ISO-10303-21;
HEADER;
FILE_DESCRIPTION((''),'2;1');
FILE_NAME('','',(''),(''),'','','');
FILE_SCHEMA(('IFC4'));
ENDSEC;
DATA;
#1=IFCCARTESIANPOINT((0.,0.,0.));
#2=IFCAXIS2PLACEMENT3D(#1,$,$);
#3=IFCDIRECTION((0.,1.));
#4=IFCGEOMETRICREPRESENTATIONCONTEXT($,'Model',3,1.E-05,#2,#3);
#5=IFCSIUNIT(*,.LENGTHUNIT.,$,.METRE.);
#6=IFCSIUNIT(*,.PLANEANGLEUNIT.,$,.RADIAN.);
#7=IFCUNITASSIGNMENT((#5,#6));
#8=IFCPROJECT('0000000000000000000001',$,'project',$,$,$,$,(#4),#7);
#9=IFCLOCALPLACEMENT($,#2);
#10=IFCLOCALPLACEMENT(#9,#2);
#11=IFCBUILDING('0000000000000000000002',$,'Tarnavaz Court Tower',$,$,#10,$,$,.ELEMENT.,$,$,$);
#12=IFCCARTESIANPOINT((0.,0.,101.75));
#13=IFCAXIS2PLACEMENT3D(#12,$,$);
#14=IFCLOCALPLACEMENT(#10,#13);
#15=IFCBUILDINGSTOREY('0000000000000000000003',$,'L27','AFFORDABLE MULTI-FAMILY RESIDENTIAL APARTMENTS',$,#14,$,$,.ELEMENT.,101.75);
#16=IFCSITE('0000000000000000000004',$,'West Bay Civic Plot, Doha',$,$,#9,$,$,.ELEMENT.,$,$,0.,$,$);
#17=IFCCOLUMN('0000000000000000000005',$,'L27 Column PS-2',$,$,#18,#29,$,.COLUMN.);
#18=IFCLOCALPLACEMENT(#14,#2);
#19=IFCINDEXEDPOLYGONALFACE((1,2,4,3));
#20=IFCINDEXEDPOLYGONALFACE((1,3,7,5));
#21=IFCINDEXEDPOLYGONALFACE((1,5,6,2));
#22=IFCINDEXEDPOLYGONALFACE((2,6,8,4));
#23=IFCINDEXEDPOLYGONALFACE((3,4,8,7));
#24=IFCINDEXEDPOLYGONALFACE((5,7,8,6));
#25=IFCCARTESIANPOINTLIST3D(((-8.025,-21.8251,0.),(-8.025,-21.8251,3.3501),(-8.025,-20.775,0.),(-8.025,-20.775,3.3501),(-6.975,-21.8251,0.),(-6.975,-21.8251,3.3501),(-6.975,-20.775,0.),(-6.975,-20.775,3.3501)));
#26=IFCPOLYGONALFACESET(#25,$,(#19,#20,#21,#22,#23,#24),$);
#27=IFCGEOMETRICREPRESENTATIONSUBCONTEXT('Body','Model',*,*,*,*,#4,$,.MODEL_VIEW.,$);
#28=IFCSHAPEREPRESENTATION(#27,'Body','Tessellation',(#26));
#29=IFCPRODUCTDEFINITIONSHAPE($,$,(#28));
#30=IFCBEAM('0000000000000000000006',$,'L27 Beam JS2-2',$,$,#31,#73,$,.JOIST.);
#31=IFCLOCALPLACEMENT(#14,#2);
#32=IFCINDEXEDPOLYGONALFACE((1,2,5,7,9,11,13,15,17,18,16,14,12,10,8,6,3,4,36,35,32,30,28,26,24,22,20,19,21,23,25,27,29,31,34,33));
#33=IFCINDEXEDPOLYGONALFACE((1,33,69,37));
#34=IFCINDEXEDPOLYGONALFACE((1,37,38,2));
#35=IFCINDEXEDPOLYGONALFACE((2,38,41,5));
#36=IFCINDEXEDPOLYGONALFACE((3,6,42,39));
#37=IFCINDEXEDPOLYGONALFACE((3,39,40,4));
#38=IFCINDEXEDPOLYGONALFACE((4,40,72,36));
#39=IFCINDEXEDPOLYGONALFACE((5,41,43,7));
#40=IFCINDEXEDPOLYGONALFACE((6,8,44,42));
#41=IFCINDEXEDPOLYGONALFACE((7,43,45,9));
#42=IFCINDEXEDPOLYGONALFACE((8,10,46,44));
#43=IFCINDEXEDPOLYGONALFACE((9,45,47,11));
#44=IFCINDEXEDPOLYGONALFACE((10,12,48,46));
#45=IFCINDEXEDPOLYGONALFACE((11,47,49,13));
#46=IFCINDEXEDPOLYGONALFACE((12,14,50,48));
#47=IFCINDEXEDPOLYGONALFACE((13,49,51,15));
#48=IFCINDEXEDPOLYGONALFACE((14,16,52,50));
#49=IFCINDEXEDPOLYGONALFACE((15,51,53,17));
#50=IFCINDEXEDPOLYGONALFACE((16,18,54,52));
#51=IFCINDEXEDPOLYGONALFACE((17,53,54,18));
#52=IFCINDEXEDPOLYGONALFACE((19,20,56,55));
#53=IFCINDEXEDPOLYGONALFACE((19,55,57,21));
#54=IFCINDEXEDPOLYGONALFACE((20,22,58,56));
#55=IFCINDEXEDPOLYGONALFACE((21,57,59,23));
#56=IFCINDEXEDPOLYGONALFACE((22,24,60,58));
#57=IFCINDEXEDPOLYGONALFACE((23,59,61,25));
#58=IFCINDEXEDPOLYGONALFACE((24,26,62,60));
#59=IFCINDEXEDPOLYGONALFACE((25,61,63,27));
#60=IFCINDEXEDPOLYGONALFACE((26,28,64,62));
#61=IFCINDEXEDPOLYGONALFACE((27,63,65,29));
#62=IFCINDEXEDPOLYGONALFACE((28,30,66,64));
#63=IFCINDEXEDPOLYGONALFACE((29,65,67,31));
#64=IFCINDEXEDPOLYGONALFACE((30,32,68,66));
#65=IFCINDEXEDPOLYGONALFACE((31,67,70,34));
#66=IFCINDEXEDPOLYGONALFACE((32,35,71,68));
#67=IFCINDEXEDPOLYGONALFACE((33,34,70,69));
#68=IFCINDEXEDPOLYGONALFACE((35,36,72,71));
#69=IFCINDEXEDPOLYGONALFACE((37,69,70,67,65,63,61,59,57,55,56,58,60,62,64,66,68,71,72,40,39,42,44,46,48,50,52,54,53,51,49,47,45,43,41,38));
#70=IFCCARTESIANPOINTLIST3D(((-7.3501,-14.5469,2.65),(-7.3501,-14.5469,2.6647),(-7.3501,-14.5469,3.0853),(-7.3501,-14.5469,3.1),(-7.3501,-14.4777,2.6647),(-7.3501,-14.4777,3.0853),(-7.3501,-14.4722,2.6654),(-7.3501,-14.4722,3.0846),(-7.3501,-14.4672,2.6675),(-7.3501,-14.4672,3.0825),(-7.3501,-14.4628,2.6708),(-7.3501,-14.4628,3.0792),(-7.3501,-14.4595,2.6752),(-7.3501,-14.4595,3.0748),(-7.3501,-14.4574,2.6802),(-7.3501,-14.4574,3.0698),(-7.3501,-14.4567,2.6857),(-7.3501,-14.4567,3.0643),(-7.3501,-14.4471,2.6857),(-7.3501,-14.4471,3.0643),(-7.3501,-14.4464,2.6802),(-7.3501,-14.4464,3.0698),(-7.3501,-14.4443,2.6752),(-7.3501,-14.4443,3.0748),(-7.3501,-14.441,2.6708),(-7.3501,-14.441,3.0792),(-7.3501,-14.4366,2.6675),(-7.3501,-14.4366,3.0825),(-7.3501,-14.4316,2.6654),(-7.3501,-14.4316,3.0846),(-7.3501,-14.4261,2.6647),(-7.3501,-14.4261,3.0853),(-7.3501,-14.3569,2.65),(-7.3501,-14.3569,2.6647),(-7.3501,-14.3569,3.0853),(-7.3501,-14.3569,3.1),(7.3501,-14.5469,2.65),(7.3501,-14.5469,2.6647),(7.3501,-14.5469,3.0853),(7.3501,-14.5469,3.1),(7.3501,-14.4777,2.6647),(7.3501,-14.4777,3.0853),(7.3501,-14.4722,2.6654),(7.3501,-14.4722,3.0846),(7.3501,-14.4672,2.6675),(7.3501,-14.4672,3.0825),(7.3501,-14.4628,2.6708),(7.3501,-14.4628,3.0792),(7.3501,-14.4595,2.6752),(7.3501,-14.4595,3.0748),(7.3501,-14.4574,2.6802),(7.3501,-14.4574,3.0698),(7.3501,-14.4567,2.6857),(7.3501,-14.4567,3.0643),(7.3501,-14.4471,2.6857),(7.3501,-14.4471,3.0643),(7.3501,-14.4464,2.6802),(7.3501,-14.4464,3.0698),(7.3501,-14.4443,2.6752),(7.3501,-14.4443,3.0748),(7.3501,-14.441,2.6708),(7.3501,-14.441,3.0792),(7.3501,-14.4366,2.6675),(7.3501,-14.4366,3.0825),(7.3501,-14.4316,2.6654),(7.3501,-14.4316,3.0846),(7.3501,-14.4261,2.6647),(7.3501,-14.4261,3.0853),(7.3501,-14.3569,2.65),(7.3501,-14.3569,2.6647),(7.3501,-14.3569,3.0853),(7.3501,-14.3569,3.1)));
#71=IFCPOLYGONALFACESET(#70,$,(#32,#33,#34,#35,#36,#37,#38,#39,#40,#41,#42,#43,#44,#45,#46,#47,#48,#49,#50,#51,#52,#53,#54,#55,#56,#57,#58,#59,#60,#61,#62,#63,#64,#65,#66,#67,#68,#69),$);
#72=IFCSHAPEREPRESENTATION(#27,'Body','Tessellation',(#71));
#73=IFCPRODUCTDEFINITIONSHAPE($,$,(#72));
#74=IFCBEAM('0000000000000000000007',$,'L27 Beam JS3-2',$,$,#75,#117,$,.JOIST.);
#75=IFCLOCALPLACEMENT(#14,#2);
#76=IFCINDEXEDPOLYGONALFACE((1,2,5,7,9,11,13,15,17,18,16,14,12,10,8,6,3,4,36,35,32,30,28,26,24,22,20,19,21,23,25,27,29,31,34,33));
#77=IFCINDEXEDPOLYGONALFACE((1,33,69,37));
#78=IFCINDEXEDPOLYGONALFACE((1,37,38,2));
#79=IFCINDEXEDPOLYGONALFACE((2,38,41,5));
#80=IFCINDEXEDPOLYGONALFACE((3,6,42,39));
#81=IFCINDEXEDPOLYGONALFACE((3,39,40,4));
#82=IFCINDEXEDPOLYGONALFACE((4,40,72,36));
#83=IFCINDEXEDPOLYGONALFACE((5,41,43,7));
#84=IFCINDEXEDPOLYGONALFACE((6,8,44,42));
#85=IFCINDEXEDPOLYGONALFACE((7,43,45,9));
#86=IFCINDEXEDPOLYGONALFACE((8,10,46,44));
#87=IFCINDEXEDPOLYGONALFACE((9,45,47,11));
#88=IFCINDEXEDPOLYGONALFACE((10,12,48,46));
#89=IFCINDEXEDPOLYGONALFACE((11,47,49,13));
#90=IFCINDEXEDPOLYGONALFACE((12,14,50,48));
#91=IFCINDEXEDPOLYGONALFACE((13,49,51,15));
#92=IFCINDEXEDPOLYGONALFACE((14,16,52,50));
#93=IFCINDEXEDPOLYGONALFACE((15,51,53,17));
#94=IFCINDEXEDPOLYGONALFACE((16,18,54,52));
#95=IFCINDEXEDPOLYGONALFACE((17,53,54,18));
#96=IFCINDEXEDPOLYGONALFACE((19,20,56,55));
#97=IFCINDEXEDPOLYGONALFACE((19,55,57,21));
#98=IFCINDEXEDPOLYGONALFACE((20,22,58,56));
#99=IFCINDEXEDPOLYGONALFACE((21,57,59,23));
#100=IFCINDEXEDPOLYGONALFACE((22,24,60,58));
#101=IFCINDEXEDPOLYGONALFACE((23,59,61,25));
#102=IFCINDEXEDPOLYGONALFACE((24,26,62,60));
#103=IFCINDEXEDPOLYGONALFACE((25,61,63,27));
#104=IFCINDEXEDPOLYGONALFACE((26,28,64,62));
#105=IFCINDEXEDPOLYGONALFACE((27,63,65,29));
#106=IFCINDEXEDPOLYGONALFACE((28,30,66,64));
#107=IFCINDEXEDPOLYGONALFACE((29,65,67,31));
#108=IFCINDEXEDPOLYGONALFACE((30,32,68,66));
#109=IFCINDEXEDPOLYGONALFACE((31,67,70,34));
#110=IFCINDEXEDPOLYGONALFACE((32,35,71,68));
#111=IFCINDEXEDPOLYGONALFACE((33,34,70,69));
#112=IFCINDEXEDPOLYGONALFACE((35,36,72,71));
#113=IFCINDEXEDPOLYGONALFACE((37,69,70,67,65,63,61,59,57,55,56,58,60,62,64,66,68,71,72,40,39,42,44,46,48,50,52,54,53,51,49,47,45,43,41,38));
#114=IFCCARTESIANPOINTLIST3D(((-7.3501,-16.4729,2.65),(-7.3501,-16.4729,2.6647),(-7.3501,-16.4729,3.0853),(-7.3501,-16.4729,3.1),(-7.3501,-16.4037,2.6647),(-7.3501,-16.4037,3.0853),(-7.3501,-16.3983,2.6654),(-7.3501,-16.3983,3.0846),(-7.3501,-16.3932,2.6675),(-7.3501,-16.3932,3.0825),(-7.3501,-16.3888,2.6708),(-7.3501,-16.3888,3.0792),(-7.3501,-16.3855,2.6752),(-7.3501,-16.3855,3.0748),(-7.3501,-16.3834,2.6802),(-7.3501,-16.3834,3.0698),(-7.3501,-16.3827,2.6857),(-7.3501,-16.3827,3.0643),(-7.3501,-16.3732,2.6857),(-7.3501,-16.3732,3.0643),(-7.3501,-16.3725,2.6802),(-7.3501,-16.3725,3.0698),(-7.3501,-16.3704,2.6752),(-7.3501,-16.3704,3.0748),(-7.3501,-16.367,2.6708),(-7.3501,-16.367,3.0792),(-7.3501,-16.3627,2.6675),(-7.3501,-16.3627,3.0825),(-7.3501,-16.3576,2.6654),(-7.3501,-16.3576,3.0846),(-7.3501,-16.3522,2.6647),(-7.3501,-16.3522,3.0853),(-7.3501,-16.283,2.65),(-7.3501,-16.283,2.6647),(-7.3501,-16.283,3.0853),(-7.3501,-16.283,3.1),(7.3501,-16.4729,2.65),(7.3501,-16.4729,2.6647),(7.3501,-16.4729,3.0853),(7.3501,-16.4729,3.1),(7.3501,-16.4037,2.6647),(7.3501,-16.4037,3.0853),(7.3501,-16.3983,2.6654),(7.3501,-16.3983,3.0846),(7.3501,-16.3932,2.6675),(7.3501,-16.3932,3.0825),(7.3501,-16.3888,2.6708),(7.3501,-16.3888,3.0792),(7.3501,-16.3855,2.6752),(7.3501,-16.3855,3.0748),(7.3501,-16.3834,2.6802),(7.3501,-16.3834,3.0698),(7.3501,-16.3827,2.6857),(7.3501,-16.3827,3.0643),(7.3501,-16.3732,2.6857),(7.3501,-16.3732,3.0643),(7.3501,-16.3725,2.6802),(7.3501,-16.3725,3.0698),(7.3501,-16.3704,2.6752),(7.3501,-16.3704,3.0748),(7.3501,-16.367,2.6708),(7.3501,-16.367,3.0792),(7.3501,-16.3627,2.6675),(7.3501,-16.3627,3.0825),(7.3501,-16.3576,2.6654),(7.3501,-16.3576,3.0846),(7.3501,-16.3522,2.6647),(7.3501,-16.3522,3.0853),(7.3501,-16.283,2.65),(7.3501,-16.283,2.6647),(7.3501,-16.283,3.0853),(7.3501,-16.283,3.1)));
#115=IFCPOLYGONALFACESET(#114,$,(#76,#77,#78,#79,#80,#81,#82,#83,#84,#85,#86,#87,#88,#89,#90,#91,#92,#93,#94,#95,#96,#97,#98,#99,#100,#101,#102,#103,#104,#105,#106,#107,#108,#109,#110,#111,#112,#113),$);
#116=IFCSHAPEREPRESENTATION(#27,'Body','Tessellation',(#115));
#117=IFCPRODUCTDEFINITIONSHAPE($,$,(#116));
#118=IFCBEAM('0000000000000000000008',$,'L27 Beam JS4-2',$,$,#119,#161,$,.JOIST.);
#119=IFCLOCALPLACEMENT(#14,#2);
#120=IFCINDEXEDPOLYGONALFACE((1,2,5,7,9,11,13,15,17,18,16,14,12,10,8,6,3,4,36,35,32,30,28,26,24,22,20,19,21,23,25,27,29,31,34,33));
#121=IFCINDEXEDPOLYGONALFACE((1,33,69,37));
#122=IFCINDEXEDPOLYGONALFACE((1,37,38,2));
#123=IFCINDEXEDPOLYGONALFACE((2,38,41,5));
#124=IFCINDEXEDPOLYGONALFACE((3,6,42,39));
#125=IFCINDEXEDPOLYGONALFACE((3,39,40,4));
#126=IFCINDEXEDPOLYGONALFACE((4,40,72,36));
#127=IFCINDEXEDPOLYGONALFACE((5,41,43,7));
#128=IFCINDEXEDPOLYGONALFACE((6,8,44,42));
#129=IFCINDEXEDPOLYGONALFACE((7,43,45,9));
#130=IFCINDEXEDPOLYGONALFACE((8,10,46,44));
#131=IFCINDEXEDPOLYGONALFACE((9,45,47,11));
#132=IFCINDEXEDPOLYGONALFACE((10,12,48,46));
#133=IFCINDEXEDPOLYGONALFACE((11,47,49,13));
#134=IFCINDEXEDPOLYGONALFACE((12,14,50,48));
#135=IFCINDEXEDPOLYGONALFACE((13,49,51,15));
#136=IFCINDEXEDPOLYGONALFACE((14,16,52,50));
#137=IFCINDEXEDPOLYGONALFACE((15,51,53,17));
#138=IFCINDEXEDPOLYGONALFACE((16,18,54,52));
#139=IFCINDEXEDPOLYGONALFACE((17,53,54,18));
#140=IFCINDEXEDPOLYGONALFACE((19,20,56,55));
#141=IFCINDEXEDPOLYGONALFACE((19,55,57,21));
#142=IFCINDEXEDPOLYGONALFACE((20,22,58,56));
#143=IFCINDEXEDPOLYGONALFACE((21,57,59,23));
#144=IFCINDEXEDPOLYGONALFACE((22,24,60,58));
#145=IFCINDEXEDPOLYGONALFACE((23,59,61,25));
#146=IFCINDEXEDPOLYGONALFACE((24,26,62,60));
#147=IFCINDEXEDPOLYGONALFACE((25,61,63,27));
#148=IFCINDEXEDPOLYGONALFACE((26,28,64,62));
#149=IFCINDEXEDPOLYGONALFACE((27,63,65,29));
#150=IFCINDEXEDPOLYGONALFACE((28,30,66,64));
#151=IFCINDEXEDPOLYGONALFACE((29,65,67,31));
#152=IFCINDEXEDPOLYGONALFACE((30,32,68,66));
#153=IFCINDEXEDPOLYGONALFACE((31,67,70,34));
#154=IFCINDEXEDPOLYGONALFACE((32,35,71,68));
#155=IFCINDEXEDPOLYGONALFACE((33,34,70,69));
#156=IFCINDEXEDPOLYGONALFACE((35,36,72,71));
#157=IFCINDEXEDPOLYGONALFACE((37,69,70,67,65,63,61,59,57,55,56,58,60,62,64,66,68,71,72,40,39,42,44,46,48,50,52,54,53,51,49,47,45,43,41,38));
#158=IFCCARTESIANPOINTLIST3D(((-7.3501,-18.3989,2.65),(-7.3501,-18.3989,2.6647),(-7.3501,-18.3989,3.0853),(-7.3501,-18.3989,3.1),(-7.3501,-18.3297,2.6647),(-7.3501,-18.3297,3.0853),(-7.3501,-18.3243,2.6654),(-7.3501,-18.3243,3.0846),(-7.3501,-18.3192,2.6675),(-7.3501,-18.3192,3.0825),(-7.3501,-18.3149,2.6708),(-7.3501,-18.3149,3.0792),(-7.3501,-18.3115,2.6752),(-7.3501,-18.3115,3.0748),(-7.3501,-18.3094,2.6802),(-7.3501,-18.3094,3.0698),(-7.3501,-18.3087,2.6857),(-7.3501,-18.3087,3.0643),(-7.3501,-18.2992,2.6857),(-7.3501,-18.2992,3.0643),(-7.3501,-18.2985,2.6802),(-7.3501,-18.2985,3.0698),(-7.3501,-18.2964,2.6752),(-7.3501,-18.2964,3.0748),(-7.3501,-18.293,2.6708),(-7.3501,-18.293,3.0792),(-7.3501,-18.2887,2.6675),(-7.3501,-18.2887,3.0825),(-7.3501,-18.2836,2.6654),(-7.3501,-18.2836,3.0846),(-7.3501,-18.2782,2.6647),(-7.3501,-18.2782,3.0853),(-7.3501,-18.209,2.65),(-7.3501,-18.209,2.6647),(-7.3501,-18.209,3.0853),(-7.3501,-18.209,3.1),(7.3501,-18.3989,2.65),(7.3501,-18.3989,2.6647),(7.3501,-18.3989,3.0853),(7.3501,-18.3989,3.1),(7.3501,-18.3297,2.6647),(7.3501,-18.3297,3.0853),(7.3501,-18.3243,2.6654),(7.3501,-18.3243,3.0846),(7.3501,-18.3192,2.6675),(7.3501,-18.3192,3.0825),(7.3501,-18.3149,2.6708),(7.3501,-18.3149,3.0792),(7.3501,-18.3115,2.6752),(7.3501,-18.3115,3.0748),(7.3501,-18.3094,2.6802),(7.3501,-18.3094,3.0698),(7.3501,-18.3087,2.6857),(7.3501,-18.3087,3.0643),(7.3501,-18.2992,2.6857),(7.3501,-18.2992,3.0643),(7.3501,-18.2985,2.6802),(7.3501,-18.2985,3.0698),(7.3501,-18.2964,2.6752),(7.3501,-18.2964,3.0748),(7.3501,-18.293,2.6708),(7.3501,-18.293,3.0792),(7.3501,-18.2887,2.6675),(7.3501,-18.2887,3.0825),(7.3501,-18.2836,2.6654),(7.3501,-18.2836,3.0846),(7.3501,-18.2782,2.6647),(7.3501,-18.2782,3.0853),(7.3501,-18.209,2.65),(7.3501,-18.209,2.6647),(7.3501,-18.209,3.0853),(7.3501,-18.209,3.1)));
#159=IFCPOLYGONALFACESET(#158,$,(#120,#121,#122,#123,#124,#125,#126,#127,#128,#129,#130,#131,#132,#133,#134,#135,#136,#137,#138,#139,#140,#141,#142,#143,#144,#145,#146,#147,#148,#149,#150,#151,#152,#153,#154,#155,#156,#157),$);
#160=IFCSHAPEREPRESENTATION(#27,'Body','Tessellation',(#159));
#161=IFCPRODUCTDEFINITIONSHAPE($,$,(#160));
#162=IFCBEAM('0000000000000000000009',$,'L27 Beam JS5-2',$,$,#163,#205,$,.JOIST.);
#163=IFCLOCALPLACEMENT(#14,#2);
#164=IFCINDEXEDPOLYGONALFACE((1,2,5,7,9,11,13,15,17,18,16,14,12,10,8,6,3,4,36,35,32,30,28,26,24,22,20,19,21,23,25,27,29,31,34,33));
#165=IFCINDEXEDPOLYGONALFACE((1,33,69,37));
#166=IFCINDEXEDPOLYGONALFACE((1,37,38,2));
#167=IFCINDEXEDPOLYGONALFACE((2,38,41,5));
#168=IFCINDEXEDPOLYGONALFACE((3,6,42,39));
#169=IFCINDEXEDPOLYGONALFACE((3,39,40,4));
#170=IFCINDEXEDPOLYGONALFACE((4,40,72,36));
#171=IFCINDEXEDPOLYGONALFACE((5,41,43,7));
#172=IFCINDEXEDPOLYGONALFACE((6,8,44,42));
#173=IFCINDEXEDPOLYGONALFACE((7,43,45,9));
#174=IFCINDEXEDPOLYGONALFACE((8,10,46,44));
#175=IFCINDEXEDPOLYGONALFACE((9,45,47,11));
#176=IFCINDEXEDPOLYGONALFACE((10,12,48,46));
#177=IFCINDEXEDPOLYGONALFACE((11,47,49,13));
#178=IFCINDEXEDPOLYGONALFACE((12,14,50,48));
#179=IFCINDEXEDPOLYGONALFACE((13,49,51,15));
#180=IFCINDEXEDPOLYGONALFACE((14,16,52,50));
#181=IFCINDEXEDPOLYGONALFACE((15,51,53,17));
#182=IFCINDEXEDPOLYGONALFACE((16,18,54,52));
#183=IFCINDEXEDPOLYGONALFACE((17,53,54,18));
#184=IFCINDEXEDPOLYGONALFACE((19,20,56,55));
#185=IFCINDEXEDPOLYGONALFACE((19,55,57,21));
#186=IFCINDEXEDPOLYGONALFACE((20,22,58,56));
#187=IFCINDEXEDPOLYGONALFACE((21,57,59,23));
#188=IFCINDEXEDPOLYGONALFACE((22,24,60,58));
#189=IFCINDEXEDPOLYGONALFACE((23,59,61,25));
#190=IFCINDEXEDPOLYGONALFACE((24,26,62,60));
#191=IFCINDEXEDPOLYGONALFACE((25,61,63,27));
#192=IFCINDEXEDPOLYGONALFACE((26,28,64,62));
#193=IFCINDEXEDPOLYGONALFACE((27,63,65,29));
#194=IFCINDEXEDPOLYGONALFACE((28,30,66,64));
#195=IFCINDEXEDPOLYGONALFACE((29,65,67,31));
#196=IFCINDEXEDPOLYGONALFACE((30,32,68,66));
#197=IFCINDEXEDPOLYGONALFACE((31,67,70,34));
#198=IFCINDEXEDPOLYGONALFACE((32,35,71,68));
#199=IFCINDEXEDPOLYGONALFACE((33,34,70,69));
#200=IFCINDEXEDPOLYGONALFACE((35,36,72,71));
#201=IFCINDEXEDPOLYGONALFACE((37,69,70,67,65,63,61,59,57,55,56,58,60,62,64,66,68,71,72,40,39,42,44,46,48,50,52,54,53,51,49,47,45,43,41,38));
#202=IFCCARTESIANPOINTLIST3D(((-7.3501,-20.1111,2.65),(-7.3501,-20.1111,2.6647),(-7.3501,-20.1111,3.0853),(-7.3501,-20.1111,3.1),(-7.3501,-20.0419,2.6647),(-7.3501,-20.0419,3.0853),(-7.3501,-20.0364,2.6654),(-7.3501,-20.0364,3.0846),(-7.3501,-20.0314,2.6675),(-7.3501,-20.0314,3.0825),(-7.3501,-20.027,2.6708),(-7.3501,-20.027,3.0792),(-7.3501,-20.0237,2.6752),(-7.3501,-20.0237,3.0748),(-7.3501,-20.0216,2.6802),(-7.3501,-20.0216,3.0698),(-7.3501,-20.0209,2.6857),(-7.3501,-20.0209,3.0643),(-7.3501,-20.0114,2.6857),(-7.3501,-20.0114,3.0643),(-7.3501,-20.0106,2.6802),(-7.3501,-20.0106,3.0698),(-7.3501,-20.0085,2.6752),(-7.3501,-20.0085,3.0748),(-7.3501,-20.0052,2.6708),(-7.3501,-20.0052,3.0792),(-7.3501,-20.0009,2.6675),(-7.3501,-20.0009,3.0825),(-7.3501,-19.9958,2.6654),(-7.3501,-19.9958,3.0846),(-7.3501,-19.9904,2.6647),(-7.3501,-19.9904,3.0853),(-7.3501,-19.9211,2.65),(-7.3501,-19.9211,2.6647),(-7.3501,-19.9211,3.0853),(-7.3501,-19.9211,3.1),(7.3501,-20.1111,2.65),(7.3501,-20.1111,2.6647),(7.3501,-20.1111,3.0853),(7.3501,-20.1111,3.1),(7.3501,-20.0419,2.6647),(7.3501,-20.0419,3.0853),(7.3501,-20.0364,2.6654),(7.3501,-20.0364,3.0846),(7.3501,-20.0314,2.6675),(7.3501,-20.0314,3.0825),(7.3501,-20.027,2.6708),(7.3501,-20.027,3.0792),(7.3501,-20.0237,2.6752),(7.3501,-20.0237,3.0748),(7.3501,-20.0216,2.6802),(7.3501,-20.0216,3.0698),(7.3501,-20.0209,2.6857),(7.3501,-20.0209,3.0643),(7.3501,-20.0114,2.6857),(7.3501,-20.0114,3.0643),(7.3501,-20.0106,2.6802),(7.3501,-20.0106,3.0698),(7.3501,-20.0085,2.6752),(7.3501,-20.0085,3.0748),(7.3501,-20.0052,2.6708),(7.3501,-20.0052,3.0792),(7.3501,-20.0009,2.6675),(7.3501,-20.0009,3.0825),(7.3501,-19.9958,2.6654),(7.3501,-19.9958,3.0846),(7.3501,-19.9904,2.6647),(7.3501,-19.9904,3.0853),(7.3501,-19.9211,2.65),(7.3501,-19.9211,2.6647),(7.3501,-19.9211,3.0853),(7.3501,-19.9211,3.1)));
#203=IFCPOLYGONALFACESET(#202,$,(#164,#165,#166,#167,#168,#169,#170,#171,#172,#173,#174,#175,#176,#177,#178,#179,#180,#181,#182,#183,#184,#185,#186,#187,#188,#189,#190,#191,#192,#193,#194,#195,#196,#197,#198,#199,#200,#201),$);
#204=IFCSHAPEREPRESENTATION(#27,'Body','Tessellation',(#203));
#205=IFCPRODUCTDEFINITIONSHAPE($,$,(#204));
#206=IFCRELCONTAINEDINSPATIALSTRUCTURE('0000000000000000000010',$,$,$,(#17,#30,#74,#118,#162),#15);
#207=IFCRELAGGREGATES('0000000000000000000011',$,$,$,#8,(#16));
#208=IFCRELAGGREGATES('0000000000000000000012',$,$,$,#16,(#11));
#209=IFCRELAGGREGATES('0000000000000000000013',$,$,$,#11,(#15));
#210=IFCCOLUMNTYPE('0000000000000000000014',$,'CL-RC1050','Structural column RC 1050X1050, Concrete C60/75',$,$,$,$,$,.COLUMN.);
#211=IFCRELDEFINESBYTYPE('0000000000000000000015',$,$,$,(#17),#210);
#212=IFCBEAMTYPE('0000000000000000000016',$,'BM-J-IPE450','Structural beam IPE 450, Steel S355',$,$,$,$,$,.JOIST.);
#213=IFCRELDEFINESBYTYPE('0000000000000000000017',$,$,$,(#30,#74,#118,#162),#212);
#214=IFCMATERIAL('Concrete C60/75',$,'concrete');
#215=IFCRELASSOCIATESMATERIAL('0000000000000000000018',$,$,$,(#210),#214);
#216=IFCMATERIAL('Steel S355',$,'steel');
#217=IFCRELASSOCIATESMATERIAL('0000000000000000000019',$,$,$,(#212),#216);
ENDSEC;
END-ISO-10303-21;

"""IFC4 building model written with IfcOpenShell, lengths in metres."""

from ifc_helpers import new_model, si_unit, direction, frame, origin, origin_2d, place, context, subcontext, project, spatial, rectangle, i_section, extrude, material, material_profile, profile_set, type_object, element, save


model = new_model("IFC4")

# Units and contexts
model_context = context("Model", 3, precision=1e-05, world=origin(), true_north=direction((0.0, 1.0)))
body_context = subcontext(model_context, "Body", "Model", "MODEL_VIEW")
ifc_project = project(units=[si_unit("LENGTHUNIT", "METRE"), si_unit("PLANEANGLEUNIT", "RADIAN")], contexts=[model_context])

# Site, building, storey
site_placement = place(None, origin())
site = spatial("IfcSite", under=ifc_project, at=site_placement, Name="West Bay Civic Plot, Doha", CompositionType="ELEMENT", RefElevation=0.0)
building_placement = place(site_placement, origin())
building = spatial("IfcBuilding", under=site, at=building_placement, Name="Tarnavaz Court Tower", CompositionType="ELEMENT")
storey_placement = place(building_placement, frame((0.0, 0.0, 101.75)))
storey = spatial("IfcBuildingStorey", under=building, at=storey_placement, Name="L27", Description="AFFORDABLE MULTI-FAMILY RESIDENTIAL APARTMENTS", CompositionType="ELEMENT", Elevation=101.75)

# Column
ifc_material_1 = material(Name="Concrete C60/75", Category="concrete")
ifc_material_profile_1 = material_profile(ifc_material_1, rectangle(XDim=1.05, YDim=1.05, at=origin_2d()), Name="RC 1050X1050")
ifc_profile_set_1 = profile_set([ifc_material_profile_1], Name="Concrete C60/75")
column_type = type_object("IfcColumnType", Name="CL-RC1050", Description="Structural column RC 1050X1050, Concrete C60/75", PredefinedType="COLUMN", material=ifc_profile_set_1)
column_placement = place(storey_placement, frame((-7.5, -21.3, 0.0), z_axis=(0.0, 0.0, 1.0), x_axis=(1.0, 0.0, 0.0)))
element("IfcColumn", 1, at=column_placement, inside=storey, type_object=column_type, Name="L27 Column PS-2", PredefinedType="COLUMN", context=body_context, shape_type="SweptSolid", body=[
    extrude(rectangle(XDim=1.05, YDim=1.05, at=origin_2d()), origin(), (0.0, 0.0, 1.0), 3.3501),
])

# Beams
ifc_material_2 = material(Name="Steel S355", Category="steel")
ifc_material_profile_2 = material_profile(ifc_material_2, i_section(OverallWidth=0.1899, OverallDepth=0.45, WebThickness=0.0095, FlangeThickness=0.0146, FilletRadius=0.021, at=origin_2d()), Name="IPE 450")
ifc_profile_set_2 = profile_set([ifc_material_profile_2], Name="Steel S355")
beam_type_1 = type_object("IfcBeamType", Name="BM-J-IPE450", Description="Structural beam IPE 450, Steel S355", PredefinedType="JOIST", material=ifc_profile_set_2)
for number, where, z_axis, x_axis, name in (
    (2, (-7.3501, -14.4519, 2.875), (1.0, 0.0, 0.0), (0.0, 1.0, 0.0), "L27 Beam JS2-2"),
    (3, (-7.3501, -16.3779, 2.875), (1.0, 0.0, 0.0), (0.0, 1.0, 0.0), "L27 Beam JS3-2"),
    (4, (-7.3501, -18.304, 2.875), (1.0, 0.0, 0.0), (0.0, 1.0, 0.0), "L27 Beam JS4-2"),
    (5, (-7.3501, -20.0161, 2.875), (1.0, 0.0, 0.0), (0.0, 1.0, 0.0), "L27 Beam JS5-2"),
):
    element("IfcBeam", number, at=place(storey_placement, frame(where, z_axis=z_axis, x_axis=x_axis)), inside=storey, type_object=beam_type_1, Name=name, PredefinedType="JOIST", context=body_context, shape_type="SweptSolid", body=[
        extrude(i_section(OverallWidth=0.1899, OverallDepth=0.45, WebThickness=0.0095, FlangeThickness=0.0146, FilletRadius=0.021, at=origin_2d()), origin(), (0.0, 0.0, 1.0), 14.7002),
    ])

save(model, "model.ifc")
